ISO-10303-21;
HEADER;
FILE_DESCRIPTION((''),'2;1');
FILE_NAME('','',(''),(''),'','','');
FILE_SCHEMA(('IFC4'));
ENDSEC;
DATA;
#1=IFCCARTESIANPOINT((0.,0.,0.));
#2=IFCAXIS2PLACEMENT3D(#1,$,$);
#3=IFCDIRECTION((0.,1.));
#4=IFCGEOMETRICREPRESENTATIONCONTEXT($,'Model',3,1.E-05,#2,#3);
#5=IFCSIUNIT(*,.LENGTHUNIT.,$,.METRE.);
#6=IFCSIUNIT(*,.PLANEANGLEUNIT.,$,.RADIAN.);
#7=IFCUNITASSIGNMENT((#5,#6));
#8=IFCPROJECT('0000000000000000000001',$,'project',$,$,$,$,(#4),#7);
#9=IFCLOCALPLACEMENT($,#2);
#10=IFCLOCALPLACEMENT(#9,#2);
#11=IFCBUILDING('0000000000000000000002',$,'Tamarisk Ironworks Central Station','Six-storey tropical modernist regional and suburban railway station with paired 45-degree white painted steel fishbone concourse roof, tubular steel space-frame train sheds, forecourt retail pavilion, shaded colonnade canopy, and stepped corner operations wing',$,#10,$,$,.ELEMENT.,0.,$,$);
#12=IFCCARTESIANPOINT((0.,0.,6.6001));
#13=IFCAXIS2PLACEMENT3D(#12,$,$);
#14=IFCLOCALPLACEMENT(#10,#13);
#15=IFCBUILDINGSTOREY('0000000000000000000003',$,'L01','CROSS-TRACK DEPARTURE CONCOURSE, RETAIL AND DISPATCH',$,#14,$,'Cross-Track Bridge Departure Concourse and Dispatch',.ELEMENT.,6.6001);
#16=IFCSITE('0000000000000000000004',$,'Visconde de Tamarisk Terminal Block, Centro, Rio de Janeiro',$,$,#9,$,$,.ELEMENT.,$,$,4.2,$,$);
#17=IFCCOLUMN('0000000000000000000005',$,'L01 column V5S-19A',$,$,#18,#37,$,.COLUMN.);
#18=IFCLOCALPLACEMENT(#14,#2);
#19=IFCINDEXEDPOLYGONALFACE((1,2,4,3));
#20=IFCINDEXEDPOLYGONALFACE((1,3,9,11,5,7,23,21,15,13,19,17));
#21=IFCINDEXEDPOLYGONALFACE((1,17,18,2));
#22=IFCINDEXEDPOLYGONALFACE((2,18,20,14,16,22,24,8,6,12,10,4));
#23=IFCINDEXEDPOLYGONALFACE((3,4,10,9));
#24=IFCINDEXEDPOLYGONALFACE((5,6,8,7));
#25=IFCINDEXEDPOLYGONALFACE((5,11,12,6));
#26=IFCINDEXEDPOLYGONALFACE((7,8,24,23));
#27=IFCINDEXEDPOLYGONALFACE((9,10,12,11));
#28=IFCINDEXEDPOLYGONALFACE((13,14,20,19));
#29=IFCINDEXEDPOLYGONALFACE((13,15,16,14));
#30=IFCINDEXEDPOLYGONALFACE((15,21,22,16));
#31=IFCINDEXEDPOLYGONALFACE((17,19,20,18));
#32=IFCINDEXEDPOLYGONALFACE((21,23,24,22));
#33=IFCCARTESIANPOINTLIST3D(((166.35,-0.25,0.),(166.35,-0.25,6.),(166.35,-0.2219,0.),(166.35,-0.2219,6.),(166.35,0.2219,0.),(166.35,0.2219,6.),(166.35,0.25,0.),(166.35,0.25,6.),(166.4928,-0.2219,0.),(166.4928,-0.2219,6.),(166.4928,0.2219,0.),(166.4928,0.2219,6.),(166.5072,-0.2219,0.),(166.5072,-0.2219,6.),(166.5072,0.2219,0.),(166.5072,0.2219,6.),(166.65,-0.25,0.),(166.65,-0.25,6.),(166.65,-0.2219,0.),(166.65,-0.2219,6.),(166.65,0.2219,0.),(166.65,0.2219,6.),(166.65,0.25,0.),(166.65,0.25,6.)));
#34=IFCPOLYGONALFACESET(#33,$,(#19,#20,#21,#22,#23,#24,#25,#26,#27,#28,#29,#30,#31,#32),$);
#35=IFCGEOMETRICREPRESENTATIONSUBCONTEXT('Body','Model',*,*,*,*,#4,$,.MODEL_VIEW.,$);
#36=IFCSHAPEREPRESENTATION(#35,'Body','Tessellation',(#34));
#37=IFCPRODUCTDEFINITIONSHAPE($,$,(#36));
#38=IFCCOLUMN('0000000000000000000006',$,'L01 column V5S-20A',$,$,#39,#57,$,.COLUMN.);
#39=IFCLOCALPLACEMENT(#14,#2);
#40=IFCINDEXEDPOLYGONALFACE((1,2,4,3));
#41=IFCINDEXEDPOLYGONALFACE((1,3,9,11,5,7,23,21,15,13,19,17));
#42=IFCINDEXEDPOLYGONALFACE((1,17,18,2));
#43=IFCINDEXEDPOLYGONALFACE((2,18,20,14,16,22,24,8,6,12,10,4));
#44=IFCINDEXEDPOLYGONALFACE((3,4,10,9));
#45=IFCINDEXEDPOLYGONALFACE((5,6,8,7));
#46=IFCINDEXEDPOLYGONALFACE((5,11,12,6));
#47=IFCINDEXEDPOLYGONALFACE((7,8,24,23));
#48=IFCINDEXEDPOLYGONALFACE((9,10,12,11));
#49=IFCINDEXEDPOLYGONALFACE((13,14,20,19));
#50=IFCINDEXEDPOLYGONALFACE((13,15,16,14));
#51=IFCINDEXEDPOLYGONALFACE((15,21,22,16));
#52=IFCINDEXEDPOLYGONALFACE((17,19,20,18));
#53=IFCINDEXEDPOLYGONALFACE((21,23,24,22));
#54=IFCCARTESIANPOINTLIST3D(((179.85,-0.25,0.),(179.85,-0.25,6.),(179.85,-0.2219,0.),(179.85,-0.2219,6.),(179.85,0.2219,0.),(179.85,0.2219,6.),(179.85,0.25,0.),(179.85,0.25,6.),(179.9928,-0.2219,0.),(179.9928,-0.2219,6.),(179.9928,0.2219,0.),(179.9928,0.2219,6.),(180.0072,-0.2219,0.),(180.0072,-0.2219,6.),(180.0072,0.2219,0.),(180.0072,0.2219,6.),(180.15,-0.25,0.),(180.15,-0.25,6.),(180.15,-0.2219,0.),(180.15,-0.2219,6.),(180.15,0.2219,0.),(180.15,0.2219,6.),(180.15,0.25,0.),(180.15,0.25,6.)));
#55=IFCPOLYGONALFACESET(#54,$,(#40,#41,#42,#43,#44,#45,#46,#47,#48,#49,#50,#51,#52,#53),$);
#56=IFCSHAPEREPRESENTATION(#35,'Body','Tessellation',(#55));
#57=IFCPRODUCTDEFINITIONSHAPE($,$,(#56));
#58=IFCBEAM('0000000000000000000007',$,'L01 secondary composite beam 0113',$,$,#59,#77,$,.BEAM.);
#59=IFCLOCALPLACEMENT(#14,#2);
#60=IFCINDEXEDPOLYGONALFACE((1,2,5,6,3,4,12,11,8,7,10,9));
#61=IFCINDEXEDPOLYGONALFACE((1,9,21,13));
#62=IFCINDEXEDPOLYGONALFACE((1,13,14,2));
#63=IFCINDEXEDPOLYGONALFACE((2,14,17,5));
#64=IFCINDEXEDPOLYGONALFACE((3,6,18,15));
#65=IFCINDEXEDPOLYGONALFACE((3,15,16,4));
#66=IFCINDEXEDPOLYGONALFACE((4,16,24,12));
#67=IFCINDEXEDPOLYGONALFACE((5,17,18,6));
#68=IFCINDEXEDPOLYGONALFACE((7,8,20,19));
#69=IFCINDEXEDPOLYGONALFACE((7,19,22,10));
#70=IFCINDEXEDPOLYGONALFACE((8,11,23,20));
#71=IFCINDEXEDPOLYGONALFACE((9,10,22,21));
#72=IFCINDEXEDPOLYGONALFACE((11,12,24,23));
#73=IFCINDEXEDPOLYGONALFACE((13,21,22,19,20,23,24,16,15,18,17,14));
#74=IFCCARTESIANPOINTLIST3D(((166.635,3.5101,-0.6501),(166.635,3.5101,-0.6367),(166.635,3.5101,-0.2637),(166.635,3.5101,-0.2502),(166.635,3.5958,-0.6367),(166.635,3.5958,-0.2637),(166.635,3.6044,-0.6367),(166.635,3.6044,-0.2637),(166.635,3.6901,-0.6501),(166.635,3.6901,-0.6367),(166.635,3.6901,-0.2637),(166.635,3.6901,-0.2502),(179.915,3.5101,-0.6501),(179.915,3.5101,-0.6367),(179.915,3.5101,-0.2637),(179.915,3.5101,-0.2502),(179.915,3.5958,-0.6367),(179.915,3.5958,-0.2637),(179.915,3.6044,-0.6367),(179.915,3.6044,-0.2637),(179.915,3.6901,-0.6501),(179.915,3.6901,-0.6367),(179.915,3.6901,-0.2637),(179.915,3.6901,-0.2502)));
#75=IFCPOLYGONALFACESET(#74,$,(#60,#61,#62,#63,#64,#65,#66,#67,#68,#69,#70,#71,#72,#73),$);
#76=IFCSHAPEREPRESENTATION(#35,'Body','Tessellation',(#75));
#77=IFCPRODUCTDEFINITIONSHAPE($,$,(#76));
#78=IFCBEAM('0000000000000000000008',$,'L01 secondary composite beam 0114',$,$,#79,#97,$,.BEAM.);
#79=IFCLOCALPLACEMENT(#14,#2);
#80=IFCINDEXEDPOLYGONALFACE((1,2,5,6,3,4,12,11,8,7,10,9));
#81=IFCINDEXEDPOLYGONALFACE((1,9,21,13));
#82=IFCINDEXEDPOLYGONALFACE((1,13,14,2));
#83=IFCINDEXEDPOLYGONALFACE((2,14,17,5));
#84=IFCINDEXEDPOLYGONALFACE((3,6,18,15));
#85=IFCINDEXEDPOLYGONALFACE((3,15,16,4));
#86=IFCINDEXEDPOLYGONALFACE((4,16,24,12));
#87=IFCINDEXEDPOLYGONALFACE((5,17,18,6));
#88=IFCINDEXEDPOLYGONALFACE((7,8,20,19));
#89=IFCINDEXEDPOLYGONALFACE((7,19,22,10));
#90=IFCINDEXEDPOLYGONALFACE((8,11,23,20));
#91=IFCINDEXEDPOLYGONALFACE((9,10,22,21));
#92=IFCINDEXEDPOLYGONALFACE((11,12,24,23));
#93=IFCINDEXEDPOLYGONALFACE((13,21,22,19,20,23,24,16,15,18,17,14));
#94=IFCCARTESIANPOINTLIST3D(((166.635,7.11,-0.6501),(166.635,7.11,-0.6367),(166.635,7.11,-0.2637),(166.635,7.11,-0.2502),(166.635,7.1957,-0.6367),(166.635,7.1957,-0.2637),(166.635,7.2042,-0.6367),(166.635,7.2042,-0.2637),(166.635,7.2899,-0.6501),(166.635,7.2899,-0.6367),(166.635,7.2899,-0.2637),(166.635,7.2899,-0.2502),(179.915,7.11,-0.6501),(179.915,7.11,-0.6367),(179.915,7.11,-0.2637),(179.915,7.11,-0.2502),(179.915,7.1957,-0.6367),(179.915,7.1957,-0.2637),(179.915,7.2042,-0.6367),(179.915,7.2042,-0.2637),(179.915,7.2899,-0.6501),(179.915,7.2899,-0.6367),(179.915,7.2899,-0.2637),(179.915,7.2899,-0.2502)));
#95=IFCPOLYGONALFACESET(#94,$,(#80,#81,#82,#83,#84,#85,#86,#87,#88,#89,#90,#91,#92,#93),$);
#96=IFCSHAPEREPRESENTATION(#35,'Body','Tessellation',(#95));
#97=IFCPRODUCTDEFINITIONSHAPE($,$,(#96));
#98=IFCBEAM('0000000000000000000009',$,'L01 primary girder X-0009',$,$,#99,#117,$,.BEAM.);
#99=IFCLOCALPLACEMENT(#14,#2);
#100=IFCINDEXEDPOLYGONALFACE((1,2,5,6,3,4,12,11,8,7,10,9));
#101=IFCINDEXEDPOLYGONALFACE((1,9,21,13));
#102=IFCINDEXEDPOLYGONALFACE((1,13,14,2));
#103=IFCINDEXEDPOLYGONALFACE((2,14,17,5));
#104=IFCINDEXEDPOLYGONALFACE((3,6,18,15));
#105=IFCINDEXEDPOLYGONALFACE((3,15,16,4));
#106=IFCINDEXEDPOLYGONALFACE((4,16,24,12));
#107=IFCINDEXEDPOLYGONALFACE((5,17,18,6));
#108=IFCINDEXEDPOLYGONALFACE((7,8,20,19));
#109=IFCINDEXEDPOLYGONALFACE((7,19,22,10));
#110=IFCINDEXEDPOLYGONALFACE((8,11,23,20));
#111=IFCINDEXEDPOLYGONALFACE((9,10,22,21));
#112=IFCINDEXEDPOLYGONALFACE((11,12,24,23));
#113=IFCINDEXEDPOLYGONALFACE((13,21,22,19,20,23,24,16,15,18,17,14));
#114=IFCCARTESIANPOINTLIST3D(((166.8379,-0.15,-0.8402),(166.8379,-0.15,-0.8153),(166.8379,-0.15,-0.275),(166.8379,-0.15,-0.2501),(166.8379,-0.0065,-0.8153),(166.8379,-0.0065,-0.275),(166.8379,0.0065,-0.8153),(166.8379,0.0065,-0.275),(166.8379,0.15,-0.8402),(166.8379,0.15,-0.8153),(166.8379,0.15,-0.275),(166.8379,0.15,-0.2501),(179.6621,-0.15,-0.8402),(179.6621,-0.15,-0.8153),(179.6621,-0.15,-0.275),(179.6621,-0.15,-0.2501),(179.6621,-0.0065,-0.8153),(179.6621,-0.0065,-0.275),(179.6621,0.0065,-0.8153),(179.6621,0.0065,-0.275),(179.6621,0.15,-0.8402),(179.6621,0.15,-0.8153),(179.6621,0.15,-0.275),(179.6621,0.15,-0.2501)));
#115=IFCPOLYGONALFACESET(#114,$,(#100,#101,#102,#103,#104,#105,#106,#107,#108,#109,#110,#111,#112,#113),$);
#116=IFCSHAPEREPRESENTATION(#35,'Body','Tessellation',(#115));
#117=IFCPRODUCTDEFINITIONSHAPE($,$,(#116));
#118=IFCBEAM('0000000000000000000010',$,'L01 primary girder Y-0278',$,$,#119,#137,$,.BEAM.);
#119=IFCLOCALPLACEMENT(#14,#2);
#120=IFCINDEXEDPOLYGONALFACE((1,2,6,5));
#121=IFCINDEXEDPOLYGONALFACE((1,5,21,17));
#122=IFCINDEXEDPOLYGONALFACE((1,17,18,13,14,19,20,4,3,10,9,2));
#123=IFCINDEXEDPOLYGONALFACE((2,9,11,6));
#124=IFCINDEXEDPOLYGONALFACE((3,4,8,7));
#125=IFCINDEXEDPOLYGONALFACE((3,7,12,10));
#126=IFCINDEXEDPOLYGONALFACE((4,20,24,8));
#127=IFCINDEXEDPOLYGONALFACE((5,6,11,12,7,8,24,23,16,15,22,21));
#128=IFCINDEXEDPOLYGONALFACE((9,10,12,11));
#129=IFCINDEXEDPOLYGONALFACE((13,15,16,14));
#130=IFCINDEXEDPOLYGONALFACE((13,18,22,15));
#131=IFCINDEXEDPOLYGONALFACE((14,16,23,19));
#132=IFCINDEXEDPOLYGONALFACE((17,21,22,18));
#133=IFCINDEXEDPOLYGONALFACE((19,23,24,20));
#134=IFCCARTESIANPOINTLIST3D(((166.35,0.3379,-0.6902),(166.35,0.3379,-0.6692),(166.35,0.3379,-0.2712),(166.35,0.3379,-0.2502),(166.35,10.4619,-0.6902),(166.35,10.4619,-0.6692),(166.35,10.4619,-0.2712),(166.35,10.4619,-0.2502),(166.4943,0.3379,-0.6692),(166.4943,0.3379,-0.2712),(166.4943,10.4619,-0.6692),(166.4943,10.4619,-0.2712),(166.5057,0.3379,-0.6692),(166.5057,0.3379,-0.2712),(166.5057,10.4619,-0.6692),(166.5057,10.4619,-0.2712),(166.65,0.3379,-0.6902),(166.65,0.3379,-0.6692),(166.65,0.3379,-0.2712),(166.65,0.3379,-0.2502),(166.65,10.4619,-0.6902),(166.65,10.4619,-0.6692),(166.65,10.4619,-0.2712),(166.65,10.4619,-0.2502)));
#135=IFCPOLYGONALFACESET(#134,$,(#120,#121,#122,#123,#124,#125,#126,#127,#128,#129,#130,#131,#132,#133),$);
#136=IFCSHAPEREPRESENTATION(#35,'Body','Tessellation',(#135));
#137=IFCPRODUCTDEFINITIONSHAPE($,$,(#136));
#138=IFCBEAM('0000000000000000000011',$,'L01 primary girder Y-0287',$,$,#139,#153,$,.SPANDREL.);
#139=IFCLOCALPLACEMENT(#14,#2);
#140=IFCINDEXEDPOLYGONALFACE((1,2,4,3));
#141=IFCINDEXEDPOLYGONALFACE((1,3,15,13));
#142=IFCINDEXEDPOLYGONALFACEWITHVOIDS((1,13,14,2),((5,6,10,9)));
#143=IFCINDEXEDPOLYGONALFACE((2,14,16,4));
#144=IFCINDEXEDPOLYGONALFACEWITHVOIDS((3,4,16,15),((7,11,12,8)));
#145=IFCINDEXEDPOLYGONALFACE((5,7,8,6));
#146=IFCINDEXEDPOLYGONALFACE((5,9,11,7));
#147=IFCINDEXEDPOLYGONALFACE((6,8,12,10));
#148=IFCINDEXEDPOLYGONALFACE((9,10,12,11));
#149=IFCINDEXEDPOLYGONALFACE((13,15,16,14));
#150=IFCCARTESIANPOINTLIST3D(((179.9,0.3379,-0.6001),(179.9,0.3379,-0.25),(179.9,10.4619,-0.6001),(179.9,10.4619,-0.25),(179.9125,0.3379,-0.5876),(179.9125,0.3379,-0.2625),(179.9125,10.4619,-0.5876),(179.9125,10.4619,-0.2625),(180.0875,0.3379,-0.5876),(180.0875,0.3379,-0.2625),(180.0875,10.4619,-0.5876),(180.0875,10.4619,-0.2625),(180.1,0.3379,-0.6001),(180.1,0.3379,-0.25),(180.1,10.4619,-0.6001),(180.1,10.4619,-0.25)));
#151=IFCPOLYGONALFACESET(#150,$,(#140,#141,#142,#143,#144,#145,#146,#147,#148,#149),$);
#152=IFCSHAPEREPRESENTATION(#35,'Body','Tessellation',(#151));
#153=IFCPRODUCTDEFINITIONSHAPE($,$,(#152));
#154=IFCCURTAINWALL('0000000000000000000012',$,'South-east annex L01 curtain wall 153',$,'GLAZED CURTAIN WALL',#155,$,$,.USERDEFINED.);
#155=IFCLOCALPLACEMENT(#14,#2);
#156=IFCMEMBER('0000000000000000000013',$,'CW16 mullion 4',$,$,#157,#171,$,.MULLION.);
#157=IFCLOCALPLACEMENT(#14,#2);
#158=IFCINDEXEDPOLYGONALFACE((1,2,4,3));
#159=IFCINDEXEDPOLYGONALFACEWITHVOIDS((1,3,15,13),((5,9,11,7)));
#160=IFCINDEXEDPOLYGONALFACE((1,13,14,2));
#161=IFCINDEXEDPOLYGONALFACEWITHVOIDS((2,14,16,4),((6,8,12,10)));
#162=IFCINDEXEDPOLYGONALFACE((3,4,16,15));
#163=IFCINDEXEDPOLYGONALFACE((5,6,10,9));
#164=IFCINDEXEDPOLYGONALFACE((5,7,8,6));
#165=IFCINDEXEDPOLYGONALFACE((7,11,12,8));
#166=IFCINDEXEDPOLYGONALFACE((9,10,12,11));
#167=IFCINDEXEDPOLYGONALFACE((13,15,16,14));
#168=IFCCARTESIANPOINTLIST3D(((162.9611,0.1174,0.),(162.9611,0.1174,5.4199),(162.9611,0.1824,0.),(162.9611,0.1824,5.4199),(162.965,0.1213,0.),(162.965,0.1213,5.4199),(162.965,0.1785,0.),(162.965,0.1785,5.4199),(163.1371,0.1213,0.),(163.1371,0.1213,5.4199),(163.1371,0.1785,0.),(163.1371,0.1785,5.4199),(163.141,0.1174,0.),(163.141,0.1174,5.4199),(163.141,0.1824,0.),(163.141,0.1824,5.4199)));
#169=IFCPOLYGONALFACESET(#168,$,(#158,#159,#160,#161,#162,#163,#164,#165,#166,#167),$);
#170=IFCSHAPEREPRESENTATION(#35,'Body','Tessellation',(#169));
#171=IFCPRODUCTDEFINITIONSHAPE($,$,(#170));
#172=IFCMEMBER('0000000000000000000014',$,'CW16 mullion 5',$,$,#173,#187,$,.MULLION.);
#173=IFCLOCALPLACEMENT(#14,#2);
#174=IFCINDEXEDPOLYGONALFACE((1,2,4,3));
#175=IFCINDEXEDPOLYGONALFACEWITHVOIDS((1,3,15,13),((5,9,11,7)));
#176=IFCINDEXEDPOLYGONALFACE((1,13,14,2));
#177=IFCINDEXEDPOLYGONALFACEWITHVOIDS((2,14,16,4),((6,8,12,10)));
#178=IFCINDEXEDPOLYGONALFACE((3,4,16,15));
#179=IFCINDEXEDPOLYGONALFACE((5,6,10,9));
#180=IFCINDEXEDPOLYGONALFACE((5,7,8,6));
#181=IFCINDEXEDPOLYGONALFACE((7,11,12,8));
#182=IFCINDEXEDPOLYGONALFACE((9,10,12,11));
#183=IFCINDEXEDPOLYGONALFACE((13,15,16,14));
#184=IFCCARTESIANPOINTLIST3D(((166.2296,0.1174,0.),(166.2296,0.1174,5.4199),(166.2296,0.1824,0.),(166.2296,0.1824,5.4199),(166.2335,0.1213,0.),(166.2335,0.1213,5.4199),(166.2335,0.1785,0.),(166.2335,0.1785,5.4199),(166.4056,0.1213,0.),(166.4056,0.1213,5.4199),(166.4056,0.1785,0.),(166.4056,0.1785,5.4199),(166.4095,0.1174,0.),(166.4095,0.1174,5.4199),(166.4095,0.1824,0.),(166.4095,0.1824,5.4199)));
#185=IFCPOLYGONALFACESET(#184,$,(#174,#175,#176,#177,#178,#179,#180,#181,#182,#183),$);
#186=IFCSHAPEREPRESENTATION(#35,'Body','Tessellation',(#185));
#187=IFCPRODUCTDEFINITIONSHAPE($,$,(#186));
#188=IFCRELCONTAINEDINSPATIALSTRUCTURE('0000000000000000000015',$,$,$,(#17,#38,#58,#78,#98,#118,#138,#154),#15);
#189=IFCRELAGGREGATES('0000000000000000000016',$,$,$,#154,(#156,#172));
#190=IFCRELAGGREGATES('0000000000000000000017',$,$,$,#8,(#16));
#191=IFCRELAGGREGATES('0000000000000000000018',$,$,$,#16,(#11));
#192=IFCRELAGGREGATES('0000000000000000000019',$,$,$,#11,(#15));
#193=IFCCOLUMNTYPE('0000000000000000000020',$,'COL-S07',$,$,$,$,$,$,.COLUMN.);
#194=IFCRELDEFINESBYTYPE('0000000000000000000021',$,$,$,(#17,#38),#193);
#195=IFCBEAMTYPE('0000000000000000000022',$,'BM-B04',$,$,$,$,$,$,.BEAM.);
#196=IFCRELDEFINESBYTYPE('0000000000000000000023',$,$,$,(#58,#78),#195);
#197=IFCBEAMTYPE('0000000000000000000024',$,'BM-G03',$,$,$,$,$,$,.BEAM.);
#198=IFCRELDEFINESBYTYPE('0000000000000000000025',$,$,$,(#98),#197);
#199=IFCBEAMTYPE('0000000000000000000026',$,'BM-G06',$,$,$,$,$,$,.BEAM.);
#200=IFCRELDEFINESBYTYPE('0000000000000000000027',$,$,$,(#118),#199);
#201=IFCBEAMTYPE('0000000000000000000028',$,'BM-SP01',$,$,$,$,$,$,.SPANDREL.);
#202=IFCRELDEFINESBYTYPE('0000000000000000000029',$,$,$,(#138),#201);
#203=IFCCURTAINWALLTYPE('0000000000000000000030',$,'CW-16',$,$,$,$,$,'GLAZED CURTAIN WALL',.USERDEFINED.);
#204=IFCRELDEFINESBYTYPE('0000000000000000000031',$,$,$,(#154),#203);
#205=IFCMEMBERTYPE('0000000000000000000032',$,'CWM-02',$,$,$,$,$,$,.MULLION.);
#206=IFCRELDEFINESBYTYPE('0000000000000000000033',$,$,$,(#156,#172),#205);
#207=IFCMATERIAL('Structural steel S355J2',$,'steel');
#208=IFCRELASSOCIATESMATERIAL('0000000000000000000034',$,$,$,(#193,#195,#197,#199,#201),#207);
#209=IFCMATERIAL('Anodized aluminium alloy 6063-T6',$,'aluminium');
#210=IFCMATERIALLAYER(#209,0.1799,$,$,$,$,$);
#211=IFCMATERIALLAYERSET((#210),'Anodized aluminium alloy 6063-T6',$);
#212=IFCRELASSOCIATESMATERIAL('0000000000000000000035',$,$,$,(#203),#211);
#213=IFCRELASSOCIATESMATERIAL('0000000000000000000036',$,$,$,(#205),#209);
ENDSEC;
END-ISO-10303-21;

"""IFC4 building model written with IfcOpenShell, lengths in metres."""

from ifc_helpers import new_model, si_unit, direction, frame, origin, origin_2d, place, context, subcontext, project, spatial, hollow_rectangle, i_section, extrude, material, layer, layer_set, material_profile, profile_set, type_object, element, aggregate, save


model = new_model("IFC4")

# Units and contexts
model_context = context("Model", 3, precision=1e-05, world=origin(), true_north=direction((0.0, 1.0)))
body_context = subcontext(model_context, "Body", "Model", "MODEL_VIEW")
ifc_project = project(units=[si_unit("LENGTHUNIT", "METRE"), si_unit("PLANEANGLEUNIT", "RADIAN")], contexts=[model_context])

# Site, building, storey
site_placement = place(None, origin())
site = spatial("IfcSite", under=ifc_project, at=site_placement, Name="Visconde de Tamarisk Terminal Block, Centro, Rio de Janeiro", CompositionType="ELEMENT", RefElevation=4.2)
building_placement = place(site_placement, origin())
building = spatial("IfcBuilding", under=site, at=building_placement, Name="Tamarisk Ironworks Central Station", Description="Six-storey tropical modernist regional and suburban railway station with paired 45-degree white painted steel fishbone concourse roof, tubular steel space-frame train sheds, forecourt retail pavilion, shaded colonnade canopy, and stepped corner operations wing", CompositionType="ELEMENT", ElevationOfRefHeight=0.0)
storey_placement = place(building_placement, frame((0.0, 0.0, 6.6001)))
storey = spatial("IfcBuildingStorey", under=building, at=storey_placement, Name="L01", Description="CROSS-TRACK DEPARTURE CONCOURSE, RETAIL AND DISPATCH", LongName="Cross-Track Bridge Departure Concourse and Dispatch", CompositionType="ELEMENT", Elevation=6.6001)

# Columns
ifc_material_1 = material(Name="Structural steel S355J2", Category="steel")
ifc_material_profile_1 = material_profile(ifc_material_1, i_section(OverallWidth=0.3, OverallDepth=0.5, WebThickness=0.0144, FlangeThickness=0.0281, at=origin_2d()), Name="HEB 500")
ifc_profile_set_1 = profile_set([ifc_material_profile_1], Name="Structural steel S355J2")
column_type = type_object("IfcColumnType", Name="COL-S07", PredefinedType="COLUMN", material=ifc_profile_set_1)
for number, where, z_axis, x_axis, name in (
    (1, (166.5, 0.0, 0.0), (0.0, 0.0, 1.0), (1.0, 0.0, 0.0), "L01 column V5S-19A"),
    (2, (180.0, 0.0, 0.0), (0.0, 0.0, 1.0), (1.0, 0.0, 0.0), "L01 column V5S-20A"),
):
    element("IfcColumn", number, at=place(storey_placement, frame(where, z_axis=z_axis, x_axis=x_axis)), inside=storey, type_object=column_type, Name=name, PredefinedType="COLUMN", context=body_context, shape_type="SweptSolid", body=[
        extrude(i_section(OverallWidth=0.3, OverallDepth=0.5, WebThickness=0.0144, FlangeThickness=0.0281, at=origin_2d()), origin(), (0.0, 0.0, 1.0), 6.0),
    ])

# Beams
ifc_material_profile_2 = material_profile(ifc_material_1, i_section(OverallWidth=0.1799, OverallDepth=0.3999, WebThickness=0.0085, FlangeThickness=0.0134, at=origin_2d()), Name="IPE 400")
ifc_profile_set_2 = profile_set([ifc_material_profile_2], Name="Structural steel S355J2")
beam_type_1 = type_object("IfcBeamType", Name="BM-B04", PredefinedType="BEAM", material=ifc_profile_set_2)
for number, where, z_axis, x_axis, name in (
    (3, (166.635, 3.6001, -0.4502), (1.0, 0.0, 0.0), (0.0, 1.0, 0.0), "L01 secondary composite beam 0113"),
    (4, (166.635, 7.2, -0.4502), (1.0, 0.0, 0.0), (0.0, 1.0, 0.0), "L01 secondary composite beam 0114"),
):
    element("IfcBeam", number, at=place(storey_placement, frame(where, z_axis=z_axis, x_axis=x_axis)), inside=storey, type_object=beam_type_1, Name=name, PredefinedType="BEAM", context=body_context, shape_type="SweptSolid", body=[
        extrude(i_section(OverallWidth=0.1799, OverallDepth=0.3999, WebThickness=0.0085, FlangeThickness=0.0134, at=origin_2d()), origin(), (0.0, 0.0, 1.0), 13.28),
    ])
ifc_material_profile_3 = material_profile(ifc_material_1, i_section(OverallWidth=0.3, OverallDepth=0.5901, WebThickness=0.0129, FlangeThickness=0.0249, at=origin_2d()), Name="HEA 600")
ifc_profile_set_3 = profile_set([ifc_material_profile_3], Name="Structural steel S355J2")
beam_type_2 = type_object("IfcBeamType", Name="BM-G03", PredefinedType="BEAM", material=ifc_profile_set_3)
beam_1_placement = place(storey_placement, frame((166.8379, 0.0, -0.5452), z_axis=(1.0, 0.0, 0.0), x_axis=(0.0, 1.0, 0.0)))
element("IfcBeam", 5, at=beam_1_placement, inside=storey, type_object=beam_type_2, Name="L01 primary girder X-0009", PredefinedType="BEAM", context=body_context, shape_type="SweptSolid", body=[
    extrude(i_section(OverallWidth=0.3, OverallDepth=0.5901, WebThickness=0.0129, FlangeThickness=0.0249, at=origin_2d()), origin(), (0.0, 0.0, 1.0), 12.8242),
])
ifc_material_profile_4 = material_profile(ifc_material_1, i_section(OverallWidth=0.3, OverallDepth=0.4399, WebThickness=0.0115, FlangeThickness=0.021, at=origin_2d()), Name="HEA 450")
ifc_profile_set_4 = profile_set([ifc_material_profile_4], Name="Structural steel S355J2")
beam_type_3 = type_object("IfcBeamType", Name="BM-G06", PredefinedType="BEAM", material=ifc_profile_set_4)
beam_2_placement = place(storey_placement, frame((166.5, 0.3379, -0.4702), z_axis=(0.0, 1.0, 0.0), x_axis=(-1.0, 0.0, 0.0)))
element("IfcBeam", 6, at=beam_2_placement, inside=storey, type_object=beam_type_3, Name="L01 primary girder Y-0278", PredefinedType="BEAM", context=body_context, shape_type="SweptSolid", body=[
    extrude(i_section(OverallWidth=0.3, OverallDepth=0.4399, WebThickness=0.0115, FlangeThickness=0.021, at=origin_2d()), origin(), (0.0, 0.0, 1.0), 10.124),
])
ifc_material_profile_5 = material_profile(ifc_material_1, hollow_rectangle(XDim=0.2, YDim=0.3501, WallThickness=0.0125, at=origin_2d()), Name="RHS 350x200x12.5")
ifc_profile_set_5 = profile_set([ifc_material_profile_5], Name="Structural steel S355J2")
beam_type_4 = type_object("IfcBeamType", Name="BM-SP01", PredefinedType="SPANDREL", material=ifc_profile_set_5)
beam_3_placement = place(storey_placement, frame((180.0, 0.3379, -0.425), z_axis=(0.0, 1.0, 0.0), x_axis=(-1.0, 0.0, 0.0)))
element("IfcBeam", 7, at=beam_3_placement, inside=storey, type_object=beam_type_4, Name="L01 primary girder Y-0287", PredefinedType="SPANDREL", context=body_context, shape_type="SweptSolid", body=[
    extrude(hollow_rectangle(XDim=0.2, YDim=0.3501, WallThickness=0.0125, at=origin_2d()), origin(), (0.0, 0.0, 1.0), 10.124),
])

# Curtain wall, members
ifc_material_2 = material(Name="Anodized aluminium alloy 6063-T6", Category="aluminium")
ifc_layer_1 = layer(ifc_material_2, 0.1799)
ifc_layer_set_1 = layer_set([ifc_layer_1], Name="Anodized aluminium alloy 6063-T6")
curtain_wall_type = type_object("IfcCurtainWallType", Name="CW-16", ElementType="GLAZED CURTAIN WALL", PredefinedType="USERDEFINED", material=ifc_layer_set_1)
curtain_wall_placement = place(storey_placement, origin())
curtain_wall = element("IfcCurtainWall", 8, at=curtain_wall_placement, inside=storey, type_object=curtain_wall_type, Name="South-east annex L01 curtain wall 153", ObjectType="GLAZED CURTAIN WALL", PredefinedType="USERDEFINED")
ifc_material_profile_6 = material_profile(ifc_material_2, hollow_rectangle(XDim=0.0649, YDim=0.1799, WallThickness=0.0039, at=origin_2d()), Name="ALUM 180x65")
ifc_profile_set_6 = profile_set([ifc_material_profile_6], Name="Anodized aluminium alloy 6063-T6")
member_type_1 = type_object("IfcMemberType", Name="CWM-02", PredefinedType="MULLION", material=ifc_profile_set_6)
member_1_placement = place(storey_placement, frame((163.051, 0.1499, 0.0), z_axis=(0.0, 0.0, 1.0), x_axis=(0.0, 1.0, 0.0)))
member_1 = element("IfcMember", 9, at=member_1_placement, type_object=member_type_1, Name="CW16 mullion 4", PredefinedType="MULLION", context=body_context, shape_type="SweptSolid", body=[
    extrude(hollow_rectangle(XDim=0.0649, YDim=0.1799, WallThickness=0.0039, at=origin_2d()), origin(), (0.0, 0.0, 1.0), 5.4199),
])
member_2_placement = place(storey_placement, frame((166.3196, 0.1499, 0.0), z_axis=(0.0, 0.0, 1.0), x_axis=(0.0, 1.0, 0.0)))
member_2 = element("IfcMember", 10, at=member_2_placement, type_object=member_type_1, Name="CW16 mullion 5", PredefinedType="MULLION", context=body_context, shape_type="SweptSolid", body=[
    extrude(hollow_rectangle(XDim=0.0649, YDim=0.1799, WallThickness=0.0039, at=origin_2d()), origin(), (0.0, 0.0, 1.0), 5.4199),
])
aggregate(curtain_wall, [member_1, member_2])

save(model, "model.ifc")
